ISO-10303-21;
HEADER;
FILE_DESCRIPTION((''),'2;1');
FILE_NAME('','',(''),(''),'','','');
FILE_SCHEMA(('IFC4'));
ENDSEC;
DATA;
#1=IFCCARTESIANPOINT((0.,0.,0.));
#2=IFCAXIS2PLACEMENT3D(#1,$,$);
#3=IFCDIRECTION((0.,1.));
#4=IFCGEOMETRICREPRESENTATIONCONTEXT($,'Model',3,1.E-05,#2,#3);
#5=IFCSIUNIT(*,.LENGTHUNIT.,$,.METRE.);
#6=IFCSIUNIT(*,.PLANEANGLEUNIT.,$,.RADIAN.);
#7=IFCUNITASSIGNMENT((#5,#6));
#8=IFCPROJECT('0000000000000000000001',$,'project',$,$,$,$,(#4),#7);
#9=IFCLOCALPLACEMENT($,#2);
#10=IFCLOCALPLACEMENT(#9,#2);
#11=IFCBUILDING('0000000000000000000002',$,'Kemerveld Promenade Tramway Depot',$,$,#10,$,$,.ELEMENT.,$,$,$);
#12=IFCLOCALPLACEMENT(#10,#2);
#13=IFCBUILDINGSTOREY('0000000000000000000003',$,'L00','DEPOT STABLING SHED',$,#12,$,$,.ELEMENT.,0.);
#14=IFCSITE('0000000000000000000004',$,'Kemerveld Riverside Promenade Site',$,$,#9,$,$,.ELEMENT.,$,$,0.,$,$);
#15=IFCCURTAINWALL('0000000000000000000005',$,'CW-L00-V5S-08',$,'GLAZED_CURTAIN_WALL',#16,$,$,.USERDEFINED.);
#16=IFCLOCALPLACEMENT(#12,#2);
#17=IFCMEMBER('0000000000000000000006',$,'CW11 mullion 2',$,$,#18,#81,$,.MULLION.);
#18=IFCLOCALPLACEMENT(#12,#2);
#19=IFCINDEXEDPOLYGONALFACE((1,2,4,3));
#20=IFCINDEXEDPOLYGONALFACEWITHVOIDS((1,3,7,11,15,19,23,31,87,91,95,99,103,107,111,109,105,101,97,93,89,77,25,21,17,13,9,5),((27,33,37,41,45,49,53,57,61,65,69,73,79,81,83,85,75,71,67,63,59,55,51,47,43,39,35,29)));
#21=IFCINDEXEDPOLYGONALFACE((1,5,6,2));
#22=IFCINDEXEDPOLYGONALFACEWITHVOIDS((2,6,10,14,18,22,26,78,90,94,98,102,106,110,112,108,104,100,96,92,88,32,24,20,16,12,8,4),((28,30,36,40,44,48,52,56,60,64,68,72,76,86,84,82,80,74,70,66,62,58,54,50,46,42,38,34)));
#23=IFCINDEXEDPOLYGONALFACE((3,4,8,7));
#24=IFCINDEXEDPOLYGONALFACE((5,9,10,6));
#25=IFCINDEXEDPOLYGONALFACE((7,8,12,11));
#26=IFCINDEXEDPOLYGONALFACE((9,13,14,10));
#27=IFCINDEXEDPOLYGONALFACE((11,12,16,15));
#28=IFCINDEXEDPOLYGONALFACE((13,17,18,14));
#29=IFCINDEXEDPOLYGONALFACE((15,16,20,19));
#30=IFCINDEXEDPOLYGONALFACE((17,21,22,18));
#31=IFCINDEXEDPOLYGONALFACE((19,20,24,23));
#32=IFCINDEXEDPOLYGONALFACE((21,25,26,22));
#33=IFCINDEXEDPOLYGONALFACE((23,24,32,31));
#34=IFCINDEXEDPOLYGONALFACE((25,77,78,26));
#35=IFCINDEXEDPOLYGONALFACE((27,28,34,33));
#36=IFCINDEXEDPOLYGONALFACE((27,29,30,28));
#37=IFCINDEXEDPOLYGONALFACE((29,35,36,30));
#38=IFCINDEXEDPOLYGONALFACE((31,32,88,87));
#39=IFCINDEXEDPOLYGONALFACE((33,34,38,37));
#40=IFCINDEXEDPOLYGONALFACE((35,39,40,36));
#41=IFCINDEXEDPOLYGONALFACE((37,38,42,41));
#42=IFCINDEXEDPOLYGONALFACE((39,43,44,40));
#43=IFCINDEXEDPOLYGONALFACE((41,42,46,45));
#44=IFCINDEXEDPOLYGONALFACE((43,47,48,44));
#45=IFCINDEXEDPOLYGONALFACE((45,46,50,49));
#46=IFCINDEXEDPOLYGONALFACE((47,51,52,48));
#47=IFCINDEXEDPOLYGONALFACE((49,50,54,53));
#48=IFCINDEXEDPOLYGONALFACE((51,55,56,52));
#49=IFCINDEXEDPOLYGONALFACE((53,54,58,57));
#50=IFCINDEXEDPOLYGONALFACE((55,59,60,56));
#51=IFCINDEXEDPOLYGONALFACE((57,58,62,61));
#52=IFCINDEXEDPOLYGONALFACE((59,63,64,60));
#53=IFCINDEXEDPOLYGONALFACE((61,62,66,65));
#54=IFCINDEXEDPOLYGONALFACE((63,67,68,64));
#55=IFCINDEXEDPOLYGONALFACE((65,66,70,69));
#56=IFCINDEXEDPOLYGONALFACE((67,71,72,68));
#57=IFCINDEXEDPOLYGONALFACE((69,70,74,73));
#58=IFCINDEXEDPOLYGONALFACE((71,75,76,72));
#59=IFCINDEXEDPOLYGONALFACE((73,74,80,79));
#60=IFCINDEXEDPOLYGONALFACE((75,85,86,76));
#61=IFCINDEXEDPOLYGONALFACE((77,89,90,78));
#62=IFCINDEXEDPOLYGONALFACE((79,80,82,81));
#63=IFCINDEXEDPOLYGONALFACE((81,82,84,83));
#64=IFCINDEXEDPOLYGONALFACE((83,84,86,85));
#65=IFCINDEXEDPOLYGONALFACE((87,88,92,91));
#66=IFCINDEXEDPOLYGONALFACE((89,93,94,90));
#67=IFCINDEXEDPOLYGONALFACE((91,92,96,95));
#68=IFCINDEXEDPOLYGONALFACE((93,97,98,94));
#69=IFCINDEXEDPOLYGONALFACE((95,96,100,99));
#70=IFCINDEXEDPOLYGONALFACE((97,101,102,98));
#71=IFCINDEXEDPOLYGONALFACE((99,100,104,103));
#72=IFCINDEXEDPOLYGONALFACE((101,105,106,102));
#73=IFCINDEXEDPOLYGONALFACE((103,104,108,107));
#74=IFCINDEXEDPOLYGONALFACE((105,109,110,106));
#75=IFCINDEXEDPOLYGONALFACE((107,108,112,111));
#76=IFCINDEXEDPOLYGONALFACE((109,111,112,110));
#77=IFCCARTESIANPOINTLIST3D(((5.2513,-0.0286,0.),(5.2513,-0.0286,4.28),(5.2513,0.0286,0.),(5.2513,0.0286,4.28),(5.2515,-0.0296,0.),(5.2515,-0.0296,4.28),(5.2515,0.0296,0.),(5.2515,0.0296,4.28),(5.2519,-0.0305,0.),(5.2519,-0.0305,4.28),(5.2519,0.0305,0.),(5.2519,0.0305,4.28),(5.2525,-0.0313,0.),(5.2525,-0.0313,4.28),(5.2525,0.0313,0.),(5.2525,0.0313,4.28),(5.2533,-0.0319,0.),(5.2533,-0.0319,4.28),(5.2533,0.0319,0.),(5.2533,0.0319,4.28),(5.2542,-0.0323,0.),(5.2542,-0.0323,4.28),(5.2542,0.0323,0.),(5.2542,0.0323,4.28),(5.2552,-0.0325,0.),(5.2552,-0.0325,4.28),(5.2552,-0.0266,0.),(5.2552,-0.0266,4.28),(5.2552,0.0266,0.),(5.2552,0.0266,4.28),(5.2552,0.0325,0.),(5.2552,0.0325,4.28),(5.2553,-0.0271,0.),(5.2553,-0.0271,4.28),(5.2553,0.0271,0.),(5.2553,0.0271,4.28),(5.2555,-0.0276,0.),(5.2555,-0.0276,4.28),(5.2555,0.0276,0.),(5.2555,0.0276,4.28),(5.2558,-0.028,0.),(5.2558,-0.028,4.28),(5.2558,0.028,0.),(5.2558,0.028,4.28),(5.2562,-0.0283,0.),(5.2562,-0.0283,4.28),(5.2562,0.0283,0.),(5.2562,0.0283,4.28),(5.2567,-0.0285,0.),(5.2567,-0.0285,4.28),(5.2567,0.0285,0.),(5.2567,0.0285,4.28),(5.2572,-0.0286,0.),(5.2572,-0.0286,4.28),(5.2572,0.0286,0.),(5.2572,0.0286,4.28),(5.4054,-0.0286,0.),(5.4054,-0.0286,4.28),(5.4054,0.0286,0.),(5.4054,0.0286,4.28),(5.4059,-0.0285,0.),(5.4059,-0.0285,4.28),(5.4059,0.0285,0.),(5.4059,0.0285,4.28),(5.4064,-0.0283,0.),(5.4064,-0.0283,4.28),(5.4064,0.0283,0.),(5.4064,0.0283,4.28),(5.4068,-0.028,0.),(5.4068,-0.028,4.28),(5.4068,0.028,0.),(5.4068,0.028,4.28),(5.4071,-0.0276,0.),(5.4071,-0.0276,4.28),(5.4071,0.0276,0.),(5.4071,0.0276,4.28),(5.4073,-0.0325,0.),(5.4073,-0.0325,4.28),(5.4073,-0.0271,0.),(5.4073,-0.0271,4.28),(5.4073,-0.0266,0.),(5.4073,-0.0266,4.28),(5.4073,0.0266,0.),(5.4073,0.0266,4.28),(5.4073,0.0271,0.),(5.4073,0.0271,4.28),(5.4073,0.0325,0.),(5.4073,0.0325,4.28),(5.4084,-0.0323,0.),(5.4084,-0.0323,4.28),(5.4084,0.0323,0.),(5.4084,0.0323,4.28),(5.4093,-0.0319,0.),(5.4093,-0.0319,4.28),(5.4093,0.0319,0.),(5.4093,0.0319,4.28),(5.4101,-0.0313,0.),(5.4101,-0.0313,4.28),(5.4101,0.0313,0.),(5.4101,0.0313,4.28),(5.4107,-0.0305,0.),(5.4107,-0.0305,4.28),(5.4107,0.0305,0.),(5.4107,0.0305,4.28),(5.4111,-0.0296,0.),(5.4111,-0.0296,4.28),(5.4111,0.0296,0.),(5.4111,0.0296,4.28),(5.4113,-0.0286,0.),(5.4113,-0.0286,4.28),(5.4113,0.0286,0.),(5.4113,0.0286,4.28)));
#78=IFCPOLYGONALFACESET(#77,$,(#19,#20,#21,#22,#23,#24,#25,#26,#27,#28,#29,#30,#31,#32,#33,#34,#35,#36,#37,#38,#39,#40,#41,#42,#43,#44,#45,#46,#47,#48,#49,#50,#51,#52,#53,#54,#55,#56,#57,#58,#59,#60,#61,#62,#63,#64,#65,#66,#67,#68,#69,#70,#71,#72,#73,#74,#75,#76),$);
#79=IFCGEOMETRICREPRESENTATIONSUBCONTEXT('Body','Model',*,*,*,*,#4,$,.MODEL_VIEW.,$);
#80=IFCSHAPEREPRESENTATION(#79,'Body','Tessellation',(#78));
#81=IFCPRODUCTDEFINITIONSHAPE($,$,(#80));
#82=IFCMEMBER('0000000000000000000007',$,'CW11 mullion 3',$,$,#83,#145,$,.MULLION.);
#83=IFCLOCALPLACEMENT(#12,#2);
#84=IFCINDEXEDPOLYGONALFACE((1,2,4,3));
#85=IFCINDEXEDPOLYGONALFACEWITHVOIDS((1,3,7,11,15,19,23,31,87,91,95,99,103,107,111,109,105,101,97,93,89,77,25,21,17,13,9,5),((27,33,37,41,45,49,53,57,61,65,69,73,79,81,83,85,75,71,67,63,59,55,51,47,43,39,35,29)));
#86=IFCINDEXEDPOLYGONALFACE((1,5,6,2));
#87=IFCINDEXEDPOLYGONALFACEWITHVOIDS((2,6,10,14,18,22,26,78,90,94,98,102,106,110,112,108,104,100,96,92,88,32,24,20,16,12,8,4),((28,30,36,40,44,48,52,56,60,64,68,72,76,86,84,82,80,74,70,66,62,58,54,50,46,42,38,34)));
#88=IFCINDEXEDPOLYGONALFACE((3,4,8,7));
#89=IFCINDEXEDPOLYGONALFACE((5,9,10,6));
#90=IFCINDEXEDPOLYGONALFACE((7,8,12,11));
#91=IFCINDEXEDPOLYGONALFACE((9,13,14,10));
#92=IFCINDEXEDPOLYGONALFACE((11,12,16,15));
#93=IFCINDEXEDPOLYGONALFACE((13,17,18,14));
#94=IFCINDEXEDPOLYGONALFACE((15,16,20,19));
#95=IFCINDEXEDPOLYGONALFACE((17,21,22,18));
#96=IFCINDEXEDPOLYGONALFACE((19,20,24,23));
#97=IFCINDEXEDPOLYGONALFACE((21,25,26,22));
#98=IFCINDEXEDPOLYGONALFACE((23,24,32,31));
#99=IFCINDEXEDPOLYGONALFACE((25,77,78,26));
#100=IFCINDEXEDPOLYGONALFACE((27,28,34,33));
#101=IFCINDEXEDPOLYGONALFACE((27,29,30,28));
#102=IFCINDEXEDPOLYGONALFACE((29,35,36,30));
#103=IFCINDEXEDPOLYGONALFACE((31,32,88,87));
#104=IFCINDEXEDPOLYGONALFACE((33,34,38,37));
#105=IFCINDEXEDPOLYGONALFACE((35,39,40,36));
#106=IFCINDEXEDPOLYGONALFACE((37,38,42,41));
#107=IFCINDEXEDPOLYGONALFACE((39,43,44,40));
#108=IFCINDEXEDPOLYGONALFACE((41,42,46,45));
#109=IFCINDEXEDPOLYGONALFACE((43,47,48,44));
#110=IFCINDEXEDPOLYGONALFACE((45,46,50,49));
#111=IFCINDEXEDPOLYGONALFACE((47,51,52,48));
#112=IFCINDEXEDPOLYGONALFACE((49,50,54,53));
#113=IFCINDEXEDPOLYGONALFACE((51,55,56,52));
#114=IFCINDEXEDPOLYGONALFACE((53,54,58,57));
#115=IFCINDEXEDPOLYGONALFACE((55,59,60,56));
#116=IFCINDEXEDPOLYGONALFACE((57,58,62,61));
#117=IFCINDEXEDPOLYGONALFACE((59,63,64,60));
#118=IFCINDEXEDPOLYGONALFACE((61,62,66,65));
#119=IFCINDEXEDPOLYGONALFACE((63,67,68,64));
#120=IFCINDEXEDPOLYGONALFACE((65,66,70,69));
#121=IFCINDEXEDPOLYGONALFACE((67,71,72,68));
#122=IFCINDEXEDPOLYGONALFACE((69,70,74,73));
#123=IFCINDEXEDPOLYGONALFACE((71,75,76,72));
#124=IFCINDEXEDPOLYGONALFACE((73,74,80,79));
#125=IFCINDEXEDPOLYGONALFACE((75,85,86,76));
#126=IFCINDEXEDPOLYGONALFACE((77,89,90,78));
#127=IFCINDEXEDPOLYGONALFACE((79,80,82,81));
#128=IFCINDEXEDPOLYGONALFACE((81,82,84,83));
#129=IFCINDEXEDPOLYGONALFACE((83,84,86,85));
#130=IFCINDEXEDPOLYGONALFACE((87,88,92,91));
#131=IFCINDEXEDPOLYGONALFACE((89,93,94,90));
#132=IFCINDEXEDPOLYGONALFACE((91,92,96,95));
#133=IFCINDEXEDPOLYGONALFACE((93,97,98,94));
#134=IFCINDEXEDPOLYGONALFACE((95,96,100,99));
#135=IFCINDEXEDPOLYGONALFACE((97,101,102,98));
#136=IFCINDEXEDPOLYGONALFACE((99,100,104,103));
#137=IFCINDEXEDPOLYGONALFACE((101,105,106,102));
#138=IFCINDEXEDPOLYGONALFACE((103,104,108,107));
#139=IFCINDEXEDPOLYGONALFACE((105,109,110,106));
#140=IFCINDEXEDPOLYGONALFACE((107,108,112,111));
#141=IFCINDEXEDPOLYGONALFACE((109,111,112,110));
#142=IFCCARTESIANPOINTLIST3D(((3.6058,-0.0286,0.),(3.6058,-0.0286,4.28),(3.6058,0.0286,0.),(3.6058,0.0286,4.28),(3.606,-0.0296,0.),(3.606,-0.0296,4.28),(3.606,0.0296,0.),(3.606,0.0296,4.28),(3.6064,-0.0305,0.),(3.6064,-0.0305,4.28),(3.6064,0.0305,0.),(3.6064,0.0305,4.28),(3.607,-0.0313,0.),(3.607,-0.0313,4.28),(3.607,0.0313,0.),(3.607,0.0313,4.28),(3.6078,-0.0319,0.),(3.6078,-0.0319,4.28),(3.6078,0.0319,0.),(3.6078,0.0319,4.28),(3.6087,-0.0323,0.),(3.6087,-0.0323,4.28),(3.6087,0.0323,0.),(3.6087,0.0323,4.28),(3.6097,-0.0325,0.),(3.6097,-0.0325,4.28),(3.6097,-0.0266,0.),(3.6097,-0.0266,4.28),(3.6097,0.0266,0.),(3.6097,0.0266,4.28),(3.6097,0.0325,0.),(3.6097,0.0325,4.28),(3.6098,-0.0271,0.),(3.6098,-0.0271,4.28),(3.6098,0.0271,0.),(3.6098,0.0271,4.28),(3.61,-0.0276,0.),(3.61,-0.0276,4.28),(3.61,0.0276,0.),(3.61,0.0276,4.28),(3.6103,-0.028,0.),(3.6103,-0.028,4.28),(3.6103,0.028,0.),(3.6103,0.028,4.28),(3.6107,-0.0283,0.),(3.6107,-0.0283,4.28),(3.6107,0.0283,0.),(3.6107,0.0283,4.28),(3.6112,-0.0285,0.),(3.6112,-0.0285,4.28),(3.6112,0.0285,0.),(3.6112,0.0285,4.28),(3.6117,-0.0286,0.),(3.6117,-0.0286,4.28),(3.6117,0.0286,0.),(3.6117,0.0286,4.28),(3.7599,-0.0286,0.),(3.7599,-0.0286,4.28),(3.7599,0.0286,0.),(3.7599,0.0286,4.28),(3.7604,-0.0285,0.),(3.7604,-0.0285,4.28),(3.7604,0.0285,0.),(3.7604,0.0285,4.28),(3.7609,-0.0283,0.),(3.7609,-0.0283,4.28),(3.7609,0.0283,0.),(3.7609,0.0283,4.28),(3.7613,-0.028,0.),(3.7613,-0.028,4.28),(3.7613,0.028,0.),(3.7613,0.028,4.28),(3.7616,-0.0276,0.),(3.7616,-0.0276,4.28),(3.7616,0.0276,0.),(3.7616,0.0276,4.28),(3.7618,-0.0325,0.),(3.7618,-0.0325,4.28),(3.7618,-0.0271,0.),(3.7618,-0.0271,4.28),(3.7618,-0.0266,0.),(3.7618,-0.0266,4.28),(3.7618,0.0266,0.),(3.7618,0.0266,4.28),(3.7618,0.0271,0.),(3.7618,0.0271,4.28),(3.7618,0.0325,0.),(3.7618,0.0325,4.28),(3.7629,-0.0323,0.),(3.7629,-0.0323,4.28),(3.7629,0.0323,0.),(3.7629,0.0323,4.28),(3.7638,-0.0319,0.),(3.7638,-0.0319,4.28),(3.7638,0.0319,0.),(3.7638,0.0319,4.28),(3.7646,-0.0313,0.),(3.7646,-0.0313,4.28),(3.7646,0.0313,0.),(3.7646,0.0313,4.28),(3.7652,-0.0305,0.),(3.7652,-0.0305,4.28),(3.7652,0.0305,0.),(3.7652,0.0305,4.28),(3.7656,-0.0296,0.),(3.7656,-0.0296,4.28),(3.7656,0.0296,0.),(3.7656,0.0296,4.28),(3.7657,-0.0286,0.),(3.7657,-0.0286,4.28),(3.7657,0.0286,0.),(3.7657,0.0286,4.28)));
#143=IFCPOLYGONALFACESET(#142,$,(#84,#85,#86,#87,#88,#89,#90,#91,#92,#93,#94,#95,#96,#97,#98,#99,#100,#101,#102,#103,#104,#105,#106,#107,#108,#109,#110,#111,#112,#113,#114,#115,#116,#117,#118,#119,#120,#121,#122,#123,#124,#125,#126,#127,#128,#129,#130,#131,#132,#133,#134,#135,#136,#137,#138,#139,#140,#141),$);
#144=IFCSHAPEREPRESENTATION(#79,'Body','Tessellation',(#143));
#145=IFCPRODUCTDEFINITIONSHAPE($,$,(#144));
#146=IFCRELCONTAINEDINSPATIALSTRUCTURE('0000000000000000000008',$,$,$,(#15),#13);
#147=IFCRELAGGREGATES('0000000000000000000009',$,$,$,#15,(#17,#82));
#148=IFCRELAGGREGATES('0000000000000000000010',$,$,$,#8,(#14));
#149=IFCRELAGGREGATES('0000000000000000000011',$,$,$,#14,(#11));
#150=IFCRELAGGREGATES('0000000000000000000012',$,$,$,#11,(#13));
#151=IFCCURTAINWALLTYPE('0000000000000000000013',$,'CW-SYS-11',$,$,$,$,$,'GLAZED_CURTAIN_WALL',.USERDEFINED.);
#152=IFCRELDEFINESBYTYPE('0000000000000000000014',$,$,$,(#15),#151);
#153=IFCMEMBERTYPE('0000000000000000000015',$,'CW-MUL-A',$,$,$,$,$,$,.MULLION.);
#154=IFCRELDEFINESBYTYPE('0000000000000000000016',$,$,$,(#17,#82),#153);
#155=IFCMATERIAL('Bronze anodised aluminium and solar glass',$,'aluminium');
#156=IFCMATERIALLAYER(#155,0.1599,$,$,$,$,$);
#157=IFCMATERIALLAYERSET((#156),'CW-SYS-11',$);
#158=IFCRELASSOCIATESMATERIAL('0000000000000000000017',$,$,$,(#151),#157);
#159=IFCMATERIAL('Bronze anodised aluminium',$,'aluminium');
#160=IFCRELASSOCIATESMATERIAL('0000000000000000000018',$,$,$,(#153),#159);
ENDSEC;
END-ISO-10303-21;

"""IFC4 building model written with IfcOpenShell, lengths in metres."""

from ifc_helpers import new_model, si_unit, direction, frame, origin, origin_2d, place, context, subcontext, project, spatial, hollow_rectangle, extrude, material, layer, layer_set, material_profile, profile_set, type_object, element, aggregate, save


model = new_model("IFC4")

# Units and contexts
model_context = context("Model", 3, precision=1e-05, world=origin(), true_north=direction((0.0, 1.0)))
body_context = subcontext(model_context, "Body", "Model", "MODEL_VIEW")
ifc_project = project(units=[si_unit("LENGTHUNIT", "METRE"), si_unit("PLANEANGLEUNIT", "RADIAN")], contexts=[model_context])

# Site, building, storey
site_placement = place(None, origin())
site = spatial("IfcSite", under=ifc_project, at=site_placement, Name="Kemerveld Riverside Promenade Site", CompositionType="ELEMENT", RefElevation=0.0)
building_placement = place(site_placement, origin())
building = spatial("IfcBuilding", under=site, at=building_placement, Name="Kemerveld Promenade Tramway Depot", CompositionType="ELEMENT")
storey_placement = place(building_placement, origin())
storey = spatial("IfcBuildingStorey", under=building, at=storey_placement, Name="L00", Description="DEPOT STABLING SHED", CompositionType="ELEMENT", Elevation=0.0)

# Curtain wall, members
ifc_material_1 = material(Name="Bronze anodised aluminium and solar glass", Category="aluminium")
ifc_layer_1 = layer(ifc_material_1, 0.1599)
ifc_layer_set_1 = layer_set([ifc_layer_1], Name="CW-SYS-11")
curtain_wall_type = type_object("IfcCurtainWallType", Name="CW-SYS-11", ElementType="GLAZED_CURTAIN_WALL", PredefinedType="USERDEFINED", material=ifc_layer_set_1)
curtain_wall_placement = place(storey_placement, origin())
curtain_wall = element("IfcCurtainWall", 1, at=curtain_wall_placement, inside=storey, type_object=curtain_wall_type, Name="CW-L00-V5S-08", ObjectType="GLAZED_CURTAIN_WALL", PredefinedType="USERDEFINED")
ifc_material_2 = material(Name="Bronze anodised aluminium", Category="aluminium")
ifc_material_profile_1 = material_profile(ifc_material_2, hollow_rectangle(XDim=0.0649, YDim=0.1599, WallThickness=0.0039, InnerFilletRadius=0.002, OuterFilletRadius=0.0039, at=origin_2d()), Name="CW-MUL-160x65")
ifc_profile_set_1 = profile_set([ifc_material_profile_1], Name="Bronze anodised aluminium")
member_type_1 = type_object("IfcMemberType", Name="CW-MUL-A", PredefinedType="MULLION", material=ifc_profile_set_1)
member_1_placement = place(storey_placement, frame((5.3313, 0.0, 0.0), z_axis=(0.0, 0.0, 1.0), x_axis=(0.0, -1.0, 0.0)))
member_1 = element("IfcMember", 2, at=member_1_placement, type_object=member_type_1, Name="CW11 mullion 2", PredefinedType="MULLION", context=body_context, shape_type="SweptSolid", body=[
    extrude(hollow_rectangle(XDim=0.0649, YDim=0.1599, WallThickness=0.0039, InnerFilletRadius=0.002, OuterFilletRadius=0.0039, at=origin_2d()), origin(), (0.0, 0.0, 1.0), 4.28),
])
member_2_placement = place(storey_placement, frame((3.6858, 0.0, 0.0), z_axis=(0.0, 0.0, 1.0), x_axis=(0.0, -1.0, 0.0)))
member_2 = element("IfcMember", 3, at=member_2_placement, type_object=member_type_1, Name="CW11 mullion 3", PredefinedType="MULLION", context=body_context, shape_type="SweptSolid", body=[
    extrude(hollow_rectangle(XDim=0.0649, YDim=0.1599, WallThickness=0.0039, InnerFilletRadius=0.002, OuterFilletRadius=0.0039, at=origin_2d()), origin(), (0.0, 0.0, 1.0), 4.28),
])
aggregate(curtain_wall, [member_1, member_2])

save(model, "model.ifc")
